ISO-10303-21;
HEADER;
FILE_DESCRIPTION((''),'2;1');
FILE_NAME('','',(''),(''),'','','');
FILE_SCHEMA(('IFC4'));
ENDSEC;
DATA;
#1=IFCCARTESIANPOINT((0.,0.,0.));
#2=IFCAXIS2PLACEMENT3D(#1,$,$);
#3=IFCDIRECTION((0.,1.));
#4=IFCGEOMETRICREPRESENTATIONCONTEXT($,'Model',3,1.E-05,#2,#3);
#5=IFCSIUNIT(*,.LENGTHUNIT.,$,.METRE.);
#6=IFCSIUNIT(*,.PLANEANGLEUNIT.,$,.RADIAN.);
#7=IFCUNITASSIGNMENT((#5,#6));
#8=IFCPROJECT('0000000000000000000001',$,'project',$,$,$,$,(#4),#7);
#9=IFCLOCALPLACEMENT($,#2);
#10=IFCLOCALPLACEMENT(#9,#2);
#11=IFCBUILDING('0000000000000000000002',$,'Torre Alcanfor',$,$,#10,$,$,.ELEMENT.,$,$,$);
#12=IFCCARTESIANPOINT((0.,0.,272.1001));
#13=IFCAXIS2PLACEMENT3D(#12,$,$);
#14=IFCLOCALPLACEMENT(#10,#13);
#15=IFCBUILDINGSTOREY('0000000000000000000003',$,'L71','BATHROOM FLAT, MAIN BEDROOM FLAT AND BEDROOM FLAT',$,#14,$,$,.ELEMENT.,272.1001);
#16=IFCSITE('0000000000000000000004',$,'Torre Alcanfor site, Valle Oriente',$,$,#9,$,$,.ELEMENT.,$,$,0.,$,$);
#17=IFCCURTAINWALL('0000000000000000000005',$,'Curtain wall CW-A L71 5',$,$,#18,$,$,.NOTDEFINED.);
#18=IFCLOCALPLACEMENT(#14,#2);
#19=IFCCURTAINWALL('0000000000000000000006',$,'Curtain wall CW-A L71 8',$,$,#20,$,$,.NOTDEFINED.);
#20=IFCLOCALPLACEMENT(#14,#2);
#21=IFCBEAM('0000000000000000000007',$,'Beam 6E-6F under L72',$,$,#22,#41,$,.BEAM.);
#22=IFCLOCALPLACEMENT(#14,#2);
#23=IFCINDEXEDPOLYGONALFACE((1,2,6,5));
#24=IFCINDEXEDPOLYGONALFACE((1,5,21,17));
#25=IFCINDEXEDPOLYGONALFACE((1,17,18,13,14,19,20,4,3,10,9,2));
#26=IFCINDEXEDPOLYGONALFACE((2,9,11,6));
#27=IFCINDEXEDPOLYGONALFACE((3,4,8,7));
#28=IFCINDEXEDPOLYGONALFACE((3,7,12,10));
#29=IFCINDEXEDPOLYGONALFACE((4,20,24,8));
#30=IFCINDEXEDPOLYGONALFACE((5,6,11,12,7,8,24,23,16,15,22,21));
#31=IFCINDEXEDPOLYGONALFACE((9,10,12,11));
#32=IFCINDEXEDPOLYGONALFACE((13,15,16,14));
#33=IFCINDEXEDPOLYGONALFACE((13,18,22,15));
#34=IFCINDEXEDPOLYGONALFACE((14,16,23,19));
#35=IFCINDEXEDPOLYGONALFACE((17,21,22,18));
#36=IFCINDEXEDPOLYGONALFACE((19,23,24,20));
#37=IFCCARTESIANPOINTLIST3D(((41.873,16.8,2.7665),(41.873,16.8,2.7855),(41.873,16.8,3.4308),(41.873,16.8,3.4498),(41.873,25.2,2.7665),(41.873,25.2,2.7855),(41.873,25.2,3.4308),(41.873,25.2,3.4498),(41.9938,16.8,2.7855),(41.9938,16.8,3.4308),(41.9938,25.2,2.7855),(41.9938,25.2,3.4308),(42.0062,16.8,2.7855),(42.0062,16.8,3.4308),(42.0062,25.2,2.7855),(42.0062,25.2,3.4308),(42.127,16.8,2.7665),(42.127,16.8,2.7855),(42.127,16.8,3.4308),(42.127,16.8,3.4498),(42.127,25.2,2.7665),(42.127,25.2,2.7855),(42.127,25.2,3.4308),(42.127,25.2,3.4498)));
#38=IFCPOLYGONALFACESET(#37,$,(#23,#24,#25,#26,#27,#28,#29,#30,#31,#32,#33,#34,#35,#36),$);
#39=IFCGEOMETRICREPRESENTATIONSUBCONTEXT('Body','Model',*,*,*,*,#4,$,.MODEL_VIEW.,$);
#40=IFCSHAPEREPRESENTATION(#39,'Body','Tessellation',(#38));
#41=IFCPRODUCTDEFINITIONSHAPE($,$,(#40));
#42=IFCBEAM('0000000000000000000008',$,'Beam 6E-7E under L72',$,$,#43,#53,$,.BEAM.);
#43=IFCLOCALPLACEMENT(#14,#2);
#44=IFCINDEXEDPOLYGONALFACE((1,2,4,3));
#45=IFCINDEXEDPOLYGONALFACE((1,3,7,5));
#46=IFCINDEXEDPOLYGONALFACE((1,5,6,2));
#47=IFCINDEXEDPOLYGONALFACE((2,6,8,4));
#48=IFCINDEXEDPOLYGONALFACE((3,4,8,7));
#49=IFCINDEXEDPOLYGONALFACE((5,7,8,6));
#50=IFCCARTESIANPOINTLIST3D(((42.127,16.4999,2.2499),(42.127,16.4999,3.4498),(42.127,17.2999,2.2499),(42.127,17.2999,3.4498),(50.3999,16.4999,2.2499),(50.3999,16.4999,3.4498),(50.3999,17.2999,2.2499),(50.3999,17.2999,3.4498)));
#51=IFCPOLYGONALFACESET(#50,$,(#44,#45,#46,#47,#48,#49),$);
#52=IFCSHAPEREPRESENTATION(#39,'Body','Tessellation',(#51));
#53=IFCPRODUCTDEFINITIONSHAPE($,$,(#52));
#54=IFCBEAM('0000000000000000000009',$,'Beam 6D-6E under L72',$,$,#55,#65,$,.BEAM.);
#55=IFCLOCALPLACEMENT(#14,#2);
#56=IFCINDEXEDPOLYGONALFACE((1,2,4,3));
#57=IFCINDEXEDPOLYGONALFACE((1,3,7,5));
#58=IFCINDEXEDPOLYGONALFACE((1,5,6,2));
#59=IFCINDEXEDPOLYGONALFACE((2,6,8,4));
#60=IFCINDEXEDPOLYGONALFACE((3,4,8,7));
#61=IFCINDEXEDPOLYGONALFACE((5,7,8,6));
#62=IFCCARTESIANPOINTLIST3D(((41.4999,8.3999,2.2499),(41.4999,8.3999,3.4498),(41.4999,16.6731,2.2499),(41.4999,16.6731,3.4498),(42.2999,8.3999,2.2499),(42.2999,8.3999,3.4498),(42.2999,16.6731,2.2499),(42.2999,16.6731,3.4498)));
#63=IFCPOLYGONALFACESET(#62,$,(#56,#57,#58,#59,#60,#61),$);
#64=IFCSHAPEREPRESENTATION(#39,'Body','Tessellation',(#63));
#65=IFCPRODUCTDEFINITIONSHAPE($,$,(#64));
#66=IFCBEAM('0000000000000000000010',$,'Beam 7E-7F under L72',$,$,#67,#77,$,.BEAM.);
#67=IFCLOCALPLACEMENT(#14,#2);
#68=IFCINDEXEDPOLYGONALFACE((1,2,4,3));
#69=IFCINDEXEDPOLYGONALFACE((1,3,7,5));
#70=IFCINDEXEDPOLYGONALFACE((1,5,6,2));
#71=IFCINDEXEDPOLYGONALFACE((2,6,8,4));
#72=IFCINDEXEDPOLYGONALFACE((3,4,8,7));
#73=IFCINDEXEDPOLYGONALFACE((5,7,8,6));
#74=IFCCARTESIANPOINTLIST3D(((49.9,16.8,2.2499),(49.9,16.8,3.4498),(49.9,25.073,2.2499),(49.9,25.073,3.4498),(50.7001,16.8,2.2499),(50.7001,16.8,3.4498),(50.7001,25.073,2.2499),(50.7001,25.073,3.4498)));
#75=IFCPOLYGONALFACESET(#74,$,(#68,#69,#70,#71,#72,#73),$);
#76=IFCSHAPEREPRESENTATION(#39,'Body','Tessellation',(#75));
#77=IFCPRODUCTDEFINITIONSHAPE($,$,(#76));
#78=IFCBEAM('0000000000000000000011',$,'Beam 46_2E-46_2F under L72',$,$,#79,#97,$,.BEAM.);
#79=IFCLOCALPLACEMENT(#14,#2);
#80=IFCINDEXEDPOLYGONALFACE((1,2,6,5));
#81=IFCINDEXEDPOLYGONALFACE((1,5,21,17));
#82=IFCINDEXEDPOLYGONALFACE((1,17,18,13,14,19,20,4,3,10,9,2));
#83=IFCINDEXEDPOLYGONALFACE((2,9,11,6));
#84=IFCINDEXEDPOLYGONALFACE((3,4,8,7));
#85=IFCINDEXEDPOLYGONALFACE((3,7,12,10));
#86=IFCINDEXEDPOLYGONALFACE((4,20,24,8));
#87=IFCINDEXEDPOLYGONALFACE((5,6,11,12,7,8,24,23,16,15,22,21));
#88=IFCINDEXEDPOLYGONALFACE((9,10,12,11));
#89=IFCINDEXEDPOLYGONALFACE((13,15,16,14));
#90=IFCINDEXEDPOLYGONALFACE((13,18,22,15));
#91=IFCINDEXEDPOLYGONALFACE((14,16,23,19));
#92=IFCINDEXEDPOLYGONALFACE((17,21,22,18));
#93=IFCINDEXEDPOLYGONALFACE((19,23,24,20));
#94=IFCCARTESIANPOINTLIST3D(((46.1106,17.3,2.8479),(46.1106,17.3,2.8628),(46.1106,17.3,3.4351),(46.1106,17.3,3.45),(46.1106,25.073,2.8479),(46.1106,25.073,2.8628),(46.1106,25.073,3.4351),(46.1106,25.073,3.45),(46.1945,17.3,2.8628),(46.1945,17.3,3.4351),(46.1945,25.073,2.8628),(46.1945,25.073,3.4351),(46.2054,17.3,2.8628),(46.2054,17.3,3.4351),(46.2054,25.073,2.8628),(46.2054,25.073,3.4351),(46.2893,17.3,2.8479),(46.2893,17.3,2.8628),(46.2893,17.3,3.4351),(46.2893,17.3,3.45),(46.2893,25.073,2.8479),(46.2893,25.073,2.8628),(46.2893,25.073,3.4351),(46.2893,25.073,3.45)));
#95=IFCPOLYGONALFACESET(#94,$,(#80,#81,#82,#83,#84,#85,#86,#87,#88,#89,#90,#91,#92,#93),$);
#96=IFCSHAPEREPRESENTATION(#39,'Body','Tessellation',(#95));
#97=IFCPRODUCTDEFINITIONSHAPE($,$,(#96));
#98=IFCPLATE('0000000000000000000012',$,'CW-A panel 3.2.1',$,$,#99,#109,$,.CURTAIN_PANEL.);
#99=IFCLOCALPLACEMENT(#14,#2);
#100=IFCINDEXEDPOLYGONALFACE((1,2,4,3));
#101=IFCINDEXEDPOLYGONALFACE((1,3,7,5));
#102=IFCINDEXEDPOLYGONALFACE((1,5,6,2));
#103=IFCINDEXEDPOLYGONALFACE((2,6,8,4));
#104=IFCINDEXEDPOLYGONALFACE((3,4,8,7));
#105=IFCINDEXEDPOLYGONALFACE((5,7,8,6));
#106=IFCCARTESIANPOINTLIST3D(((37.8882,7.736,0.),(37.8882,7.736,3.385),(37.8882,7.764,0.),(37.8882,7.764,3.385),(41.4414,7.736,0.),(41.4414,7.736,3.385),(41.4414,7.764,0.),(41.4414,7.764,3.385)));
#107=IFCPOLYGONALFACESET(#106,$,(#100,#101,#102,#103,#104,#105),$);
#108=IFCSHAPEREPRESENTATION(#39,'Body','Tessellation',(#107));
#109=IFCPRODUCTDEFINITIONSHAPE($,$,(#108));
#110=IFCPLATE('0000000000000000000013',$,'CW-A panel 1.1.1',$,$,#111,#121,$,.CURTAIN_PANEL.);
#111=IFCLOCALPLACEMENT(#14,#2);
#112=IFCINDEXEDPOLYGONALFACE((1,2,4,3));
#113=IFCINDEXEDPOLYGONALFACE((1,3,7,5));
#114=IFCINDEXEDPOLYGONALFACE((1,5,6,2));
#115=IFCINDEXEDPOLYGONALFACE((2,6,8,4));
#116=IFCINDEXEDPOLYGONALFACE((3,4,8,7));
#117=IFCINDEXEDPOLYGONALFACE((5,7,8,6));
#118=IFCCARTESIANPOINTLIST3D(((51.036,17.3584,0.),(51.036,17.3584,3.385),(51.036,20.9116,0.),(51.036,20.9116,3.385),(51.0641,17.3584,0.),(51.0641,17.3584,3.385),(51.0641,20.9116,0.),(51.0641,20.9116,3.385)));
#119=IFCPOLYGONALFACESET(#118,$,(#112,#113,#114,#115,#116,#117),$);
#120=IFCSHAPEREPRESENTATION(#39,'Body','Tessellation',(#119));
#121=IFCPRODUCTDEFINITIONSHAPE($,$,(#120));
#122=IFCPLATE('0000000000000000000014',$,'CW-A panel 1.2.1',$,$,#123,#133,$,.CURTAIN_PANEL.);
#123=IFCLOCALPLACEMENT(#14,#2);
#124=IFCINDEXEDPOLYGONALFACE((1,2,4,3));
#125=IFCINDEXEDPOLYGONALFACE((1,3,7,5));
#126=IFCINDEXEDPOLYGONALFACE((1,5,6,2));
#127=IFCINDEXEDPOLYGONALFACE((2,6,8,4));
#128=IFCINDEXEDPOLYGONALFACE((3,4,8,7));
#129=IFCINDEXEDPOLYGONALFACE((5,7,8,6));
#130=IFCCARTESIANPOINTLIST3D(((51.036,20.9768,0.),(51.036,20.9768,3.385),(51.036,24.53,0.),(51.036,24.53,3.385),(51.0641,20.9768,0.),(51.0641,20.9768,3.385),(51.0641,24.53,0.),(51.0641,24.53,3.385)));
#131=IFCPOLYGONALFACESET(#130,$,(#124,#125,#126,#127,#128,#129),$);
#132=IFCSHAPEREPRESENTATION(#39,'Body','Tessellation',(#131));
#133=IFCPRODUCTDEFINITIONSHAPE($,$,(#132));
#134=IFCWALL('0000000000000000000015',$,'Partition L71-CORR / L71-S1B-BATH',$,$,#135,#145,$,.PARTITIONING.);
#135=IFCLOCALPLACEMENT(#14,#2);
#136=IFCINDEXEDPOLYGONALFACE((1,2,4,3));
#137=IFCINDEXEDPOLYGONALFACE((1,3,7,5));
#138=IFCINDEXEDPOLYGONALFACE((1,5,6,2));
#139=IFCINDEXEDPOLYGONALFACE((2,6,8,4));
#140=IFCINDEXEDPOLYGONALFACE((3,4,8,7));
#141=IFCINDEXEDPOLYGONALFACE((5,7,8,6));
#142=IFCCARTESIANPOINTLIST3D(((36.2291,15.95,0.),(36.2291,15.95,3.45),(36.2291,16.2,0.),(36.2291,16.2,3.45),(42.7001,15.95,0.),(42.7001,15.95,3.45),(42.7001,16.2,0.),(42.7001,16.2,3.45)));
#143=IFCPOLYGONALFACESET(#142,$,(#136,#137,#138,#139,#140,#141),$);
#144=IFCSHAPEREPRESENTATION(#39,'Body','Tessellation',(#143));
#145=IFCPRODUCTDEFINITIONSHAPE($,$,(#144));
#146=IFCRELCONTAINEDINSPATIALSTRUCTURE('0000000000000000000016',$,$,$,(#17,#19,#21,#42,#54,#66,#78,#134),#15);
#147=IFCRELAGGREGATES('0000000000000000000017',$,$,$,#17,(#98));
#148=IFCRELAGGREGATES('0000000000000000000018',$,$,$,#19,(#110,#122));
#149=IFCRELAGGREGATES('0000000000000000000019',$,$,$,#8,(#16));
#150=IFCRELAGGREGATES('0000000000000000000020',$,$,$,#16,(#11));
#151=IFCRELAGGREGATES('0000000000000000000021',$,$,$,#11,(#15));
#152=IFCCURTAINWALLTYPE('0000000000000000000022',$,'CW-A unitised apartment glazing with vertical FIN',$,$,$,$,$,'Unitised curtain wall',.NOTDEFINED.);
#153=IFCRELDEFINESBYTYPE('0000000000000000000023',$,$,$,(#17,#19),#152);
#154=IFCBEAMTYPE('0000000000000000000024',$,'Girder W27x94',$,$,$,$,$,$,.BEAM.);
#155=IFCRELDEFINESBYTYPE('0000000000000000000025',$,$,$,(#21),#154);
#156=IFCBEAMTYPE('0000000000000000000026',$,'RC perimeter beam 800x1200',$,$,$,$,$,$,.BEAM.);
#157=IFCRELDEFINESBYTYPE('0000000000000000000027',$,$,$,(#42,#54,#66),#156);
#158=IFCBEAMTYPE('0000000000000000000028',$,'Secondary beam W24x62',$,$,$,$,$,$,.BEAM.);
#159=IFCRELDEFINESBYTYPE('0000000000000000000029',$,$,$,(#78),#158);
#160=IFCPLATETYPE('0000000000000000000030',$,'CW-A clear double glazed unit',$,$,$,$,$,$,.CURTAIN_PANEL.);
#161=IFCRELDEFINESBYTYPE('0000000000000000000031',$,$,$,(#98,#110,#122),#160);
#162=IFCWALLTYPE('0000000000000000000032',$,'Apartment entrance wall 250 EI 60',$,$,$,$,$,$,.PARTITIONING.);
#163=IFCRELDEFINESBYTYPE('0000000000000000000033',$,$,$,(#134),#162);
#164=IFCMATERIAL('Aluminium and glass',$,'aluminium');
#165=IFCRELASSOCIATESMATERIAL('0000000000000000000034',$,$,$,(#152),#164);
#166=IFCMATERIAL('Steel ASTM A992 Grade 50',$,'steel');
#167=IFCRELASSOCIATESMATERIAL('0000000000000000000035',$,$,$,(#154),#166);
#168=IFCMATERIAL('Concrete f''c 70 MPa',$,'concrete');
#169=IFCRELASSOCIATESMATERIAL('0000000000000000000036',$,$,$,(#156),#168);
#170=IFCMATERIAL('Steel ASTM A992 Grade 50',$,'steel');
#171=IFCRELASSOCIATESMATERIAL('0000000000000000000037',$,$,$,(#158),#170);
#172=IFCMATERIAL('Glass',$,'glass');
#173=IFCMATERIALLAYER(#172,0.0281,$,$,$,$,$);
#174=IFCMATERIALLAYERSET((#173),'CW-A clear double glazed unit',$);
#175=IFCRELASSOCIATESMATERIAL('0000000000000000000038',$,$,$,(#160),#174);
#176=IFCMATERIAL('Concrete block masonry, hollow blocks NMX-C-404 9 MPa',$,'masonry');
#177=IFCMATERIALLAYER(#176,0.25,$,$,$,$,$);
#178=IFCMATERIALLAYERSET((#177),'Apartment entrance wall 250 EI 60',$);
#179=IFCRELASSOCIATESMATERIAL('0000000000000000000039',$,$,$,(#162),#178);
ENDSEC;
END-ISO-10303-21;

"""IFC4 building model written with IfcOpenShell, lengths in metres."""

from ifc_helpers import new_model, si_unit, direction, frame, frame_2d, origin, origin_2d, place, context, subcontext, project, spatial, rectangle, i_section, extrude, material, layer, layer_set, material_profile, profile_set, type_object, element, aggregate, save


model = new_model("IFC4")

# Units and contexts
model_context = context("Model", 3, precision=1e-05, world=origin(), true_north=direction((0.0, 1.0)))
body_context = subcontext(model_context, "Body", "Model", "MODEL_VIEW")
ifc_project = project(units=[si_unit("LENGTHUNIT", "METRE"), si_unit("PLANEANGLEUNIT", "RADIAN")], contexts=[model_context])

# Site, building, storey
site_placement = place(None, origin())
site = spatial("IfcSite", under=ifc_project, at=site_placement, Name="Torre Alcanfor site, Valle Oriente", CompositionType="ELEMENT", RefElevation=0.0)
building_placement = place(site_placement, origin())
building = spatial("IfcBuilding", under=site, at=building_placement, Name="Torre Alcanfor", CompositionType="ELEMENT")
storey_placement = place(building_placement, frame((0.0, 0.0, 272.1001)))
storey = spatial("IfcBuildingStorey", under=building, at=storey_placement, Name="L71", Description="BATHROOM FLAT, MAIN BEDROOM FLAT AND BEDROOM FLAT", CompositionType="ELEMENT", Elevation=272.1001)

# Curtain wall
ifc_material_1 = material(Name="Aluminium and glass", Category="aluminium")
curtain_wall_type = type_object("IfcCurtainWallType", Name="CW-A unitised apartment glazing with vertical FIN", ElementType="Unitised curtain wall", PredefinedType="NOTDEFINED", material=ifc_material_1)
curtain_wall_1_placement = place(storey_placement, origin())
curtain_wall_1 = element("IfcCurtainWall", 1, at=curtain_wall_1_placement, inside=storey, type_object=curtain_wall_type, Name="Curtain wall CW-A L71 5", PredefinedType="NOTDEFINED")

# Curtain wall
curtain_wall_2_placement = place(storey_placement, origin())
curtain_wall_2 = element("IfcCurtainWall", 2, at=curtain_wall_2_placement, inside=storey, type_object=curtain_wall_type, Name="Curtain wall CW-A L71 8", PredefinedType="NOTDEFINED")

# Beams
ifc_material_2 = material(Name="Steel ASTM A992 Grade 50", Category="steel")
ifc_material_profile_1 = material_profile(ifc_material_2, i_section(OverallWidth=0.2539, OverallDepth=0.6833, WebThickness=0.0125, FlangeThickness=0.019, at=origin_2d()), Name="W27x94")
ifc_profile_set_1 = profile_set([ifc_material_profile_1], Name="Steel ASTM A992 Grade 50")
beam_type_1 = type_object("IfcBeamType", Name="Girder W27x94", PredefinedType="BEAM", material=ifc_profile_set_1)
beam_1_placement = place(storey_placement, frame((42.0, 16.8, 3.1082), z_axis=(0.0, 1.0, 0.0), x_axis=(-1.0, 0.0, 0.0)))
element("IfcBeam", 3, at=beam_1_placement, inside=storey, type_object=beam_type_1, Name="Beam 6E-6F under L72", PredefinedType="BEAM", context=body_context, shape_type="SweptSolid", body=[
    extrude(i_section(OverallWidth=0.2539, OverallDepth=0.6833, WebThickness=0.0125, FlangeThickness=0.019, at=origin_2d()), origin(), (0.0, 0.0, 1.0), 8.3999),
])
ifc_material_3 = material(Name="Concrete f'c 70 MPa", Category="concrete")
ifc_material_profile_2 = material_profile(ifc_material_3, rectangle(XDim=0.8, YDim=1.2, at=origin_2d()), Name="800x1200")
ifc_profile_set_2 = profile_set([ifc_material_profile_2], Name="Concrete f'c 70 MPa")
beam_type_2 = type_object("IfcBeamType", Name="RC perimeter beam 800x1200", PredefinedType="BEAM", material=ifc_profile_set_2)
beam_2_placement = place(storey_placement, frame((42.127, 16.8999, 2.8499), z_axis=(1.0, 0.0, 0.0), x_axis=(0.0, 1.0, 0.0)))
element("IfcBeam", 4, at=beam_2_placement, inside=storey, type_object=beam_type_2, Name="Beam 6E-7E under L72", PredefinedType="BEAM", context=body_context, shape_type="SweptSolid", body=[
    extrude(rectangle(XDim=0.8, YDim=1.2, at=origin_2d()), origin(), (0.0, 0.0, 1.0), 8.2729),
])
beam_3_placement = place(storey_placement, frame((41.8999, 8.3999, 2.8499), z_axis=(0.0, 1.0, 0.0), x_axis=(-1.0, 0.0, 0.0)))
element("IfcBeam", 5, at=beam_3_placement, inside=storey, type_object=beam_type_2, Name="Beam 6D-6E under L72", PredefinedType="BEAM", context=body_context, shape_type="SweptSolid", body=[
    extrude(rectangle(XDim=0.8, YDim=1.2, at=origin_2d()), origin(), (0.0, 0.0, 1.0), 8.2732),
])
beam_4_placement = place(storey_placement, frame((50.3, 16.8, 2.8499), z_axis=(0.0, 1.0, 0.0), x_axis=(-1.0, 0.0, 0.0)))
element("IfcBeam", 6, at=beam_4_placement, inside=storey, type_object=beam_type_2, Name="Beam 7E-7F under L72", PredefinedType="BEAM", context=body_context, shape_type="SweptSolid", body=[
    extrude(rectangle(XDim=0.8, YDim=1.2, at=origin_2d()), origin(), (0.0, 0.0, 1.0), 8.2729),
])
ifc_material_4 = material(Name="Steel ASTM A992 Grade 50", Category="steel")
ifc_material_profile_3 = material_profile(ifc_material_4, i_section(OverallWidth=0.1787, OverallDepth=0.6021, WebThickness=0.011, FlangeThickness=0.0149, at=origin_2d()), Name="W24x62")
ifc_profile_set_3 = profile_set([ifc_material_profile_3], Name="Steel ASTM A992 Grade 50")
beam_type_3 = type_object("IfcBeamType", Name="Secondary beam W24x62", PredefinedType="BEAM", material=ifc_profile_set_3)
beam_5_placement = place(storey_placement, frame((46.2, 17.3, 3.1489), z_axis=(0.0, 1.0, 0.0), x_axis=(-1.0, 0.0, 0.0)))
element("IfcBeam", 7, at=beam_5_placement, inside=storey, type_object=beam_type_3, Name="Beam 46_2E-46_2F under L72", PredefinedType="BEAM", context=body_context, shape_type="SweptSolid", body=[
    extrude(i_section(OverallWidth=0.1787, OverallDepth=0.6021, WebThickness=0.011, FlangeThickness=0.0149, at=origin_2d()), origin(), (0.0, 0.0, 1.0), 7.7729),
])

# Plates
ifc_material_5 = material(Name="Glass", Category="glass")
ifc_layer_1 = layer(ifc_material_5, 0.0281)
ifc_layer_set_1 = layer_set([ifc_layer_1], Name="CW-A clear double glazed unit")
plate_type = type_object("IfcPlateType", Name="CW-A clear double glazed unit", PredefinedType="CURTAIN_PANEL", material=ifc_layer_set_1)
plate_1_placement = place(storey_placement, frame((39.6648, 7.75, 0.0), z_axis=(0.0, 0.0, 1.0), x_axis=(1.0, 0.0, 0.0)))
plate_1 = element("IfcPlate", 8, at=plate_1_placement, type_object=plate_type, Name="CW-A panel 3.2.1", PredefinedType="CURTAIN_PANEL", context=body_context, shape_type="SweptSolid", body=[
    extrude(rectangle(XDim=3.5532, YDim=0.0281, at=origin_2d()), origin(), (0.0, 0.0, 1.0), 3.385),
])
aggregate(curtain_wall_1, [plate_1])
plate_2_placement = place(storey_placement, frame((51.05, 19.135, 0.0), z_axis=(0.0, 0.0, 1.0), x_axis=(0.0, 1.0, 0.0)))
plate_2 = element("IfcPlate", 9, at=plate_2_placement, type_object=plate_type, Name="CW-A panel 1.1.1", PredefinedType="CURTAIN_PANEL", context=body_context, shape_type="SweptSolid", body=[
    extrude(rectangle(XDim=3.5532, YDim=0.0281, at=origin_2d()), origin(), (0.0, 0.0, 1.0), 3.385),
])
plate_3_placement = place(storey_placement, frame((51.05, 22.7534, 0.0), z_axis=(0.0, 0.0, 1.0), x_axis=(0.0, 1.0, 0.0)))
plate_3 = element("IfcPlate", 10, at=plate_3_placement, type_object=plate_type, Name="CW-A panel 1.2.1", PredefinedType="CURTAIN_PANEL", context=body_context, shape_type="SweptSolid", body=[
    extrude(rectangle(XDim=3.5532, YDim=0.0281, at=origin_2d()), origin(), (0.0, 0.0, 1.0), 3.385),
])
aggregate(curtain_wall_2, [plate_2, plate_3])

# Wall
ifc_material_6 = material(Name="Concrete block masonry, hollow blocks NMX-C-404 9 MPa", Category="masonry")
ifc_layer_2 = layer(ifc_material_6, 0.25)
ifc_layer_set_2 = layer_set([ifc_layer_2], Name="Apartment entrance wall 250 EI 60")
wall_type_1 = type_object("IfcWallType", Name="Apartment entrance wall 250 EI 60", PredefinedType="PARTITIONING", material=ifc_layer_set_2)
wall_1_placement = place(storey_placement, frame((42.7, 16.075, 0.0), z_axis=(0.0, 0.0, 1.0), x_axis=(-1.0, 0.0, 0.0)))
element("IfcWall", 11, at=wall_1_placement, inside=storey, type_object=wall_type_1, Name="Partition L71-CORR / L71-S1B-BATH", PredefinedType="PARTITIONING", context=body_context, shape_type="SweptSolid", body=[
    extrude(rectangle(XDim=6.4709, YDim=0.25, at=frame_2d((3.2354, 0.0))), origin(), (0.0, 0.0, 1.0), 3.45),
])

save(model, "model.ifc")
